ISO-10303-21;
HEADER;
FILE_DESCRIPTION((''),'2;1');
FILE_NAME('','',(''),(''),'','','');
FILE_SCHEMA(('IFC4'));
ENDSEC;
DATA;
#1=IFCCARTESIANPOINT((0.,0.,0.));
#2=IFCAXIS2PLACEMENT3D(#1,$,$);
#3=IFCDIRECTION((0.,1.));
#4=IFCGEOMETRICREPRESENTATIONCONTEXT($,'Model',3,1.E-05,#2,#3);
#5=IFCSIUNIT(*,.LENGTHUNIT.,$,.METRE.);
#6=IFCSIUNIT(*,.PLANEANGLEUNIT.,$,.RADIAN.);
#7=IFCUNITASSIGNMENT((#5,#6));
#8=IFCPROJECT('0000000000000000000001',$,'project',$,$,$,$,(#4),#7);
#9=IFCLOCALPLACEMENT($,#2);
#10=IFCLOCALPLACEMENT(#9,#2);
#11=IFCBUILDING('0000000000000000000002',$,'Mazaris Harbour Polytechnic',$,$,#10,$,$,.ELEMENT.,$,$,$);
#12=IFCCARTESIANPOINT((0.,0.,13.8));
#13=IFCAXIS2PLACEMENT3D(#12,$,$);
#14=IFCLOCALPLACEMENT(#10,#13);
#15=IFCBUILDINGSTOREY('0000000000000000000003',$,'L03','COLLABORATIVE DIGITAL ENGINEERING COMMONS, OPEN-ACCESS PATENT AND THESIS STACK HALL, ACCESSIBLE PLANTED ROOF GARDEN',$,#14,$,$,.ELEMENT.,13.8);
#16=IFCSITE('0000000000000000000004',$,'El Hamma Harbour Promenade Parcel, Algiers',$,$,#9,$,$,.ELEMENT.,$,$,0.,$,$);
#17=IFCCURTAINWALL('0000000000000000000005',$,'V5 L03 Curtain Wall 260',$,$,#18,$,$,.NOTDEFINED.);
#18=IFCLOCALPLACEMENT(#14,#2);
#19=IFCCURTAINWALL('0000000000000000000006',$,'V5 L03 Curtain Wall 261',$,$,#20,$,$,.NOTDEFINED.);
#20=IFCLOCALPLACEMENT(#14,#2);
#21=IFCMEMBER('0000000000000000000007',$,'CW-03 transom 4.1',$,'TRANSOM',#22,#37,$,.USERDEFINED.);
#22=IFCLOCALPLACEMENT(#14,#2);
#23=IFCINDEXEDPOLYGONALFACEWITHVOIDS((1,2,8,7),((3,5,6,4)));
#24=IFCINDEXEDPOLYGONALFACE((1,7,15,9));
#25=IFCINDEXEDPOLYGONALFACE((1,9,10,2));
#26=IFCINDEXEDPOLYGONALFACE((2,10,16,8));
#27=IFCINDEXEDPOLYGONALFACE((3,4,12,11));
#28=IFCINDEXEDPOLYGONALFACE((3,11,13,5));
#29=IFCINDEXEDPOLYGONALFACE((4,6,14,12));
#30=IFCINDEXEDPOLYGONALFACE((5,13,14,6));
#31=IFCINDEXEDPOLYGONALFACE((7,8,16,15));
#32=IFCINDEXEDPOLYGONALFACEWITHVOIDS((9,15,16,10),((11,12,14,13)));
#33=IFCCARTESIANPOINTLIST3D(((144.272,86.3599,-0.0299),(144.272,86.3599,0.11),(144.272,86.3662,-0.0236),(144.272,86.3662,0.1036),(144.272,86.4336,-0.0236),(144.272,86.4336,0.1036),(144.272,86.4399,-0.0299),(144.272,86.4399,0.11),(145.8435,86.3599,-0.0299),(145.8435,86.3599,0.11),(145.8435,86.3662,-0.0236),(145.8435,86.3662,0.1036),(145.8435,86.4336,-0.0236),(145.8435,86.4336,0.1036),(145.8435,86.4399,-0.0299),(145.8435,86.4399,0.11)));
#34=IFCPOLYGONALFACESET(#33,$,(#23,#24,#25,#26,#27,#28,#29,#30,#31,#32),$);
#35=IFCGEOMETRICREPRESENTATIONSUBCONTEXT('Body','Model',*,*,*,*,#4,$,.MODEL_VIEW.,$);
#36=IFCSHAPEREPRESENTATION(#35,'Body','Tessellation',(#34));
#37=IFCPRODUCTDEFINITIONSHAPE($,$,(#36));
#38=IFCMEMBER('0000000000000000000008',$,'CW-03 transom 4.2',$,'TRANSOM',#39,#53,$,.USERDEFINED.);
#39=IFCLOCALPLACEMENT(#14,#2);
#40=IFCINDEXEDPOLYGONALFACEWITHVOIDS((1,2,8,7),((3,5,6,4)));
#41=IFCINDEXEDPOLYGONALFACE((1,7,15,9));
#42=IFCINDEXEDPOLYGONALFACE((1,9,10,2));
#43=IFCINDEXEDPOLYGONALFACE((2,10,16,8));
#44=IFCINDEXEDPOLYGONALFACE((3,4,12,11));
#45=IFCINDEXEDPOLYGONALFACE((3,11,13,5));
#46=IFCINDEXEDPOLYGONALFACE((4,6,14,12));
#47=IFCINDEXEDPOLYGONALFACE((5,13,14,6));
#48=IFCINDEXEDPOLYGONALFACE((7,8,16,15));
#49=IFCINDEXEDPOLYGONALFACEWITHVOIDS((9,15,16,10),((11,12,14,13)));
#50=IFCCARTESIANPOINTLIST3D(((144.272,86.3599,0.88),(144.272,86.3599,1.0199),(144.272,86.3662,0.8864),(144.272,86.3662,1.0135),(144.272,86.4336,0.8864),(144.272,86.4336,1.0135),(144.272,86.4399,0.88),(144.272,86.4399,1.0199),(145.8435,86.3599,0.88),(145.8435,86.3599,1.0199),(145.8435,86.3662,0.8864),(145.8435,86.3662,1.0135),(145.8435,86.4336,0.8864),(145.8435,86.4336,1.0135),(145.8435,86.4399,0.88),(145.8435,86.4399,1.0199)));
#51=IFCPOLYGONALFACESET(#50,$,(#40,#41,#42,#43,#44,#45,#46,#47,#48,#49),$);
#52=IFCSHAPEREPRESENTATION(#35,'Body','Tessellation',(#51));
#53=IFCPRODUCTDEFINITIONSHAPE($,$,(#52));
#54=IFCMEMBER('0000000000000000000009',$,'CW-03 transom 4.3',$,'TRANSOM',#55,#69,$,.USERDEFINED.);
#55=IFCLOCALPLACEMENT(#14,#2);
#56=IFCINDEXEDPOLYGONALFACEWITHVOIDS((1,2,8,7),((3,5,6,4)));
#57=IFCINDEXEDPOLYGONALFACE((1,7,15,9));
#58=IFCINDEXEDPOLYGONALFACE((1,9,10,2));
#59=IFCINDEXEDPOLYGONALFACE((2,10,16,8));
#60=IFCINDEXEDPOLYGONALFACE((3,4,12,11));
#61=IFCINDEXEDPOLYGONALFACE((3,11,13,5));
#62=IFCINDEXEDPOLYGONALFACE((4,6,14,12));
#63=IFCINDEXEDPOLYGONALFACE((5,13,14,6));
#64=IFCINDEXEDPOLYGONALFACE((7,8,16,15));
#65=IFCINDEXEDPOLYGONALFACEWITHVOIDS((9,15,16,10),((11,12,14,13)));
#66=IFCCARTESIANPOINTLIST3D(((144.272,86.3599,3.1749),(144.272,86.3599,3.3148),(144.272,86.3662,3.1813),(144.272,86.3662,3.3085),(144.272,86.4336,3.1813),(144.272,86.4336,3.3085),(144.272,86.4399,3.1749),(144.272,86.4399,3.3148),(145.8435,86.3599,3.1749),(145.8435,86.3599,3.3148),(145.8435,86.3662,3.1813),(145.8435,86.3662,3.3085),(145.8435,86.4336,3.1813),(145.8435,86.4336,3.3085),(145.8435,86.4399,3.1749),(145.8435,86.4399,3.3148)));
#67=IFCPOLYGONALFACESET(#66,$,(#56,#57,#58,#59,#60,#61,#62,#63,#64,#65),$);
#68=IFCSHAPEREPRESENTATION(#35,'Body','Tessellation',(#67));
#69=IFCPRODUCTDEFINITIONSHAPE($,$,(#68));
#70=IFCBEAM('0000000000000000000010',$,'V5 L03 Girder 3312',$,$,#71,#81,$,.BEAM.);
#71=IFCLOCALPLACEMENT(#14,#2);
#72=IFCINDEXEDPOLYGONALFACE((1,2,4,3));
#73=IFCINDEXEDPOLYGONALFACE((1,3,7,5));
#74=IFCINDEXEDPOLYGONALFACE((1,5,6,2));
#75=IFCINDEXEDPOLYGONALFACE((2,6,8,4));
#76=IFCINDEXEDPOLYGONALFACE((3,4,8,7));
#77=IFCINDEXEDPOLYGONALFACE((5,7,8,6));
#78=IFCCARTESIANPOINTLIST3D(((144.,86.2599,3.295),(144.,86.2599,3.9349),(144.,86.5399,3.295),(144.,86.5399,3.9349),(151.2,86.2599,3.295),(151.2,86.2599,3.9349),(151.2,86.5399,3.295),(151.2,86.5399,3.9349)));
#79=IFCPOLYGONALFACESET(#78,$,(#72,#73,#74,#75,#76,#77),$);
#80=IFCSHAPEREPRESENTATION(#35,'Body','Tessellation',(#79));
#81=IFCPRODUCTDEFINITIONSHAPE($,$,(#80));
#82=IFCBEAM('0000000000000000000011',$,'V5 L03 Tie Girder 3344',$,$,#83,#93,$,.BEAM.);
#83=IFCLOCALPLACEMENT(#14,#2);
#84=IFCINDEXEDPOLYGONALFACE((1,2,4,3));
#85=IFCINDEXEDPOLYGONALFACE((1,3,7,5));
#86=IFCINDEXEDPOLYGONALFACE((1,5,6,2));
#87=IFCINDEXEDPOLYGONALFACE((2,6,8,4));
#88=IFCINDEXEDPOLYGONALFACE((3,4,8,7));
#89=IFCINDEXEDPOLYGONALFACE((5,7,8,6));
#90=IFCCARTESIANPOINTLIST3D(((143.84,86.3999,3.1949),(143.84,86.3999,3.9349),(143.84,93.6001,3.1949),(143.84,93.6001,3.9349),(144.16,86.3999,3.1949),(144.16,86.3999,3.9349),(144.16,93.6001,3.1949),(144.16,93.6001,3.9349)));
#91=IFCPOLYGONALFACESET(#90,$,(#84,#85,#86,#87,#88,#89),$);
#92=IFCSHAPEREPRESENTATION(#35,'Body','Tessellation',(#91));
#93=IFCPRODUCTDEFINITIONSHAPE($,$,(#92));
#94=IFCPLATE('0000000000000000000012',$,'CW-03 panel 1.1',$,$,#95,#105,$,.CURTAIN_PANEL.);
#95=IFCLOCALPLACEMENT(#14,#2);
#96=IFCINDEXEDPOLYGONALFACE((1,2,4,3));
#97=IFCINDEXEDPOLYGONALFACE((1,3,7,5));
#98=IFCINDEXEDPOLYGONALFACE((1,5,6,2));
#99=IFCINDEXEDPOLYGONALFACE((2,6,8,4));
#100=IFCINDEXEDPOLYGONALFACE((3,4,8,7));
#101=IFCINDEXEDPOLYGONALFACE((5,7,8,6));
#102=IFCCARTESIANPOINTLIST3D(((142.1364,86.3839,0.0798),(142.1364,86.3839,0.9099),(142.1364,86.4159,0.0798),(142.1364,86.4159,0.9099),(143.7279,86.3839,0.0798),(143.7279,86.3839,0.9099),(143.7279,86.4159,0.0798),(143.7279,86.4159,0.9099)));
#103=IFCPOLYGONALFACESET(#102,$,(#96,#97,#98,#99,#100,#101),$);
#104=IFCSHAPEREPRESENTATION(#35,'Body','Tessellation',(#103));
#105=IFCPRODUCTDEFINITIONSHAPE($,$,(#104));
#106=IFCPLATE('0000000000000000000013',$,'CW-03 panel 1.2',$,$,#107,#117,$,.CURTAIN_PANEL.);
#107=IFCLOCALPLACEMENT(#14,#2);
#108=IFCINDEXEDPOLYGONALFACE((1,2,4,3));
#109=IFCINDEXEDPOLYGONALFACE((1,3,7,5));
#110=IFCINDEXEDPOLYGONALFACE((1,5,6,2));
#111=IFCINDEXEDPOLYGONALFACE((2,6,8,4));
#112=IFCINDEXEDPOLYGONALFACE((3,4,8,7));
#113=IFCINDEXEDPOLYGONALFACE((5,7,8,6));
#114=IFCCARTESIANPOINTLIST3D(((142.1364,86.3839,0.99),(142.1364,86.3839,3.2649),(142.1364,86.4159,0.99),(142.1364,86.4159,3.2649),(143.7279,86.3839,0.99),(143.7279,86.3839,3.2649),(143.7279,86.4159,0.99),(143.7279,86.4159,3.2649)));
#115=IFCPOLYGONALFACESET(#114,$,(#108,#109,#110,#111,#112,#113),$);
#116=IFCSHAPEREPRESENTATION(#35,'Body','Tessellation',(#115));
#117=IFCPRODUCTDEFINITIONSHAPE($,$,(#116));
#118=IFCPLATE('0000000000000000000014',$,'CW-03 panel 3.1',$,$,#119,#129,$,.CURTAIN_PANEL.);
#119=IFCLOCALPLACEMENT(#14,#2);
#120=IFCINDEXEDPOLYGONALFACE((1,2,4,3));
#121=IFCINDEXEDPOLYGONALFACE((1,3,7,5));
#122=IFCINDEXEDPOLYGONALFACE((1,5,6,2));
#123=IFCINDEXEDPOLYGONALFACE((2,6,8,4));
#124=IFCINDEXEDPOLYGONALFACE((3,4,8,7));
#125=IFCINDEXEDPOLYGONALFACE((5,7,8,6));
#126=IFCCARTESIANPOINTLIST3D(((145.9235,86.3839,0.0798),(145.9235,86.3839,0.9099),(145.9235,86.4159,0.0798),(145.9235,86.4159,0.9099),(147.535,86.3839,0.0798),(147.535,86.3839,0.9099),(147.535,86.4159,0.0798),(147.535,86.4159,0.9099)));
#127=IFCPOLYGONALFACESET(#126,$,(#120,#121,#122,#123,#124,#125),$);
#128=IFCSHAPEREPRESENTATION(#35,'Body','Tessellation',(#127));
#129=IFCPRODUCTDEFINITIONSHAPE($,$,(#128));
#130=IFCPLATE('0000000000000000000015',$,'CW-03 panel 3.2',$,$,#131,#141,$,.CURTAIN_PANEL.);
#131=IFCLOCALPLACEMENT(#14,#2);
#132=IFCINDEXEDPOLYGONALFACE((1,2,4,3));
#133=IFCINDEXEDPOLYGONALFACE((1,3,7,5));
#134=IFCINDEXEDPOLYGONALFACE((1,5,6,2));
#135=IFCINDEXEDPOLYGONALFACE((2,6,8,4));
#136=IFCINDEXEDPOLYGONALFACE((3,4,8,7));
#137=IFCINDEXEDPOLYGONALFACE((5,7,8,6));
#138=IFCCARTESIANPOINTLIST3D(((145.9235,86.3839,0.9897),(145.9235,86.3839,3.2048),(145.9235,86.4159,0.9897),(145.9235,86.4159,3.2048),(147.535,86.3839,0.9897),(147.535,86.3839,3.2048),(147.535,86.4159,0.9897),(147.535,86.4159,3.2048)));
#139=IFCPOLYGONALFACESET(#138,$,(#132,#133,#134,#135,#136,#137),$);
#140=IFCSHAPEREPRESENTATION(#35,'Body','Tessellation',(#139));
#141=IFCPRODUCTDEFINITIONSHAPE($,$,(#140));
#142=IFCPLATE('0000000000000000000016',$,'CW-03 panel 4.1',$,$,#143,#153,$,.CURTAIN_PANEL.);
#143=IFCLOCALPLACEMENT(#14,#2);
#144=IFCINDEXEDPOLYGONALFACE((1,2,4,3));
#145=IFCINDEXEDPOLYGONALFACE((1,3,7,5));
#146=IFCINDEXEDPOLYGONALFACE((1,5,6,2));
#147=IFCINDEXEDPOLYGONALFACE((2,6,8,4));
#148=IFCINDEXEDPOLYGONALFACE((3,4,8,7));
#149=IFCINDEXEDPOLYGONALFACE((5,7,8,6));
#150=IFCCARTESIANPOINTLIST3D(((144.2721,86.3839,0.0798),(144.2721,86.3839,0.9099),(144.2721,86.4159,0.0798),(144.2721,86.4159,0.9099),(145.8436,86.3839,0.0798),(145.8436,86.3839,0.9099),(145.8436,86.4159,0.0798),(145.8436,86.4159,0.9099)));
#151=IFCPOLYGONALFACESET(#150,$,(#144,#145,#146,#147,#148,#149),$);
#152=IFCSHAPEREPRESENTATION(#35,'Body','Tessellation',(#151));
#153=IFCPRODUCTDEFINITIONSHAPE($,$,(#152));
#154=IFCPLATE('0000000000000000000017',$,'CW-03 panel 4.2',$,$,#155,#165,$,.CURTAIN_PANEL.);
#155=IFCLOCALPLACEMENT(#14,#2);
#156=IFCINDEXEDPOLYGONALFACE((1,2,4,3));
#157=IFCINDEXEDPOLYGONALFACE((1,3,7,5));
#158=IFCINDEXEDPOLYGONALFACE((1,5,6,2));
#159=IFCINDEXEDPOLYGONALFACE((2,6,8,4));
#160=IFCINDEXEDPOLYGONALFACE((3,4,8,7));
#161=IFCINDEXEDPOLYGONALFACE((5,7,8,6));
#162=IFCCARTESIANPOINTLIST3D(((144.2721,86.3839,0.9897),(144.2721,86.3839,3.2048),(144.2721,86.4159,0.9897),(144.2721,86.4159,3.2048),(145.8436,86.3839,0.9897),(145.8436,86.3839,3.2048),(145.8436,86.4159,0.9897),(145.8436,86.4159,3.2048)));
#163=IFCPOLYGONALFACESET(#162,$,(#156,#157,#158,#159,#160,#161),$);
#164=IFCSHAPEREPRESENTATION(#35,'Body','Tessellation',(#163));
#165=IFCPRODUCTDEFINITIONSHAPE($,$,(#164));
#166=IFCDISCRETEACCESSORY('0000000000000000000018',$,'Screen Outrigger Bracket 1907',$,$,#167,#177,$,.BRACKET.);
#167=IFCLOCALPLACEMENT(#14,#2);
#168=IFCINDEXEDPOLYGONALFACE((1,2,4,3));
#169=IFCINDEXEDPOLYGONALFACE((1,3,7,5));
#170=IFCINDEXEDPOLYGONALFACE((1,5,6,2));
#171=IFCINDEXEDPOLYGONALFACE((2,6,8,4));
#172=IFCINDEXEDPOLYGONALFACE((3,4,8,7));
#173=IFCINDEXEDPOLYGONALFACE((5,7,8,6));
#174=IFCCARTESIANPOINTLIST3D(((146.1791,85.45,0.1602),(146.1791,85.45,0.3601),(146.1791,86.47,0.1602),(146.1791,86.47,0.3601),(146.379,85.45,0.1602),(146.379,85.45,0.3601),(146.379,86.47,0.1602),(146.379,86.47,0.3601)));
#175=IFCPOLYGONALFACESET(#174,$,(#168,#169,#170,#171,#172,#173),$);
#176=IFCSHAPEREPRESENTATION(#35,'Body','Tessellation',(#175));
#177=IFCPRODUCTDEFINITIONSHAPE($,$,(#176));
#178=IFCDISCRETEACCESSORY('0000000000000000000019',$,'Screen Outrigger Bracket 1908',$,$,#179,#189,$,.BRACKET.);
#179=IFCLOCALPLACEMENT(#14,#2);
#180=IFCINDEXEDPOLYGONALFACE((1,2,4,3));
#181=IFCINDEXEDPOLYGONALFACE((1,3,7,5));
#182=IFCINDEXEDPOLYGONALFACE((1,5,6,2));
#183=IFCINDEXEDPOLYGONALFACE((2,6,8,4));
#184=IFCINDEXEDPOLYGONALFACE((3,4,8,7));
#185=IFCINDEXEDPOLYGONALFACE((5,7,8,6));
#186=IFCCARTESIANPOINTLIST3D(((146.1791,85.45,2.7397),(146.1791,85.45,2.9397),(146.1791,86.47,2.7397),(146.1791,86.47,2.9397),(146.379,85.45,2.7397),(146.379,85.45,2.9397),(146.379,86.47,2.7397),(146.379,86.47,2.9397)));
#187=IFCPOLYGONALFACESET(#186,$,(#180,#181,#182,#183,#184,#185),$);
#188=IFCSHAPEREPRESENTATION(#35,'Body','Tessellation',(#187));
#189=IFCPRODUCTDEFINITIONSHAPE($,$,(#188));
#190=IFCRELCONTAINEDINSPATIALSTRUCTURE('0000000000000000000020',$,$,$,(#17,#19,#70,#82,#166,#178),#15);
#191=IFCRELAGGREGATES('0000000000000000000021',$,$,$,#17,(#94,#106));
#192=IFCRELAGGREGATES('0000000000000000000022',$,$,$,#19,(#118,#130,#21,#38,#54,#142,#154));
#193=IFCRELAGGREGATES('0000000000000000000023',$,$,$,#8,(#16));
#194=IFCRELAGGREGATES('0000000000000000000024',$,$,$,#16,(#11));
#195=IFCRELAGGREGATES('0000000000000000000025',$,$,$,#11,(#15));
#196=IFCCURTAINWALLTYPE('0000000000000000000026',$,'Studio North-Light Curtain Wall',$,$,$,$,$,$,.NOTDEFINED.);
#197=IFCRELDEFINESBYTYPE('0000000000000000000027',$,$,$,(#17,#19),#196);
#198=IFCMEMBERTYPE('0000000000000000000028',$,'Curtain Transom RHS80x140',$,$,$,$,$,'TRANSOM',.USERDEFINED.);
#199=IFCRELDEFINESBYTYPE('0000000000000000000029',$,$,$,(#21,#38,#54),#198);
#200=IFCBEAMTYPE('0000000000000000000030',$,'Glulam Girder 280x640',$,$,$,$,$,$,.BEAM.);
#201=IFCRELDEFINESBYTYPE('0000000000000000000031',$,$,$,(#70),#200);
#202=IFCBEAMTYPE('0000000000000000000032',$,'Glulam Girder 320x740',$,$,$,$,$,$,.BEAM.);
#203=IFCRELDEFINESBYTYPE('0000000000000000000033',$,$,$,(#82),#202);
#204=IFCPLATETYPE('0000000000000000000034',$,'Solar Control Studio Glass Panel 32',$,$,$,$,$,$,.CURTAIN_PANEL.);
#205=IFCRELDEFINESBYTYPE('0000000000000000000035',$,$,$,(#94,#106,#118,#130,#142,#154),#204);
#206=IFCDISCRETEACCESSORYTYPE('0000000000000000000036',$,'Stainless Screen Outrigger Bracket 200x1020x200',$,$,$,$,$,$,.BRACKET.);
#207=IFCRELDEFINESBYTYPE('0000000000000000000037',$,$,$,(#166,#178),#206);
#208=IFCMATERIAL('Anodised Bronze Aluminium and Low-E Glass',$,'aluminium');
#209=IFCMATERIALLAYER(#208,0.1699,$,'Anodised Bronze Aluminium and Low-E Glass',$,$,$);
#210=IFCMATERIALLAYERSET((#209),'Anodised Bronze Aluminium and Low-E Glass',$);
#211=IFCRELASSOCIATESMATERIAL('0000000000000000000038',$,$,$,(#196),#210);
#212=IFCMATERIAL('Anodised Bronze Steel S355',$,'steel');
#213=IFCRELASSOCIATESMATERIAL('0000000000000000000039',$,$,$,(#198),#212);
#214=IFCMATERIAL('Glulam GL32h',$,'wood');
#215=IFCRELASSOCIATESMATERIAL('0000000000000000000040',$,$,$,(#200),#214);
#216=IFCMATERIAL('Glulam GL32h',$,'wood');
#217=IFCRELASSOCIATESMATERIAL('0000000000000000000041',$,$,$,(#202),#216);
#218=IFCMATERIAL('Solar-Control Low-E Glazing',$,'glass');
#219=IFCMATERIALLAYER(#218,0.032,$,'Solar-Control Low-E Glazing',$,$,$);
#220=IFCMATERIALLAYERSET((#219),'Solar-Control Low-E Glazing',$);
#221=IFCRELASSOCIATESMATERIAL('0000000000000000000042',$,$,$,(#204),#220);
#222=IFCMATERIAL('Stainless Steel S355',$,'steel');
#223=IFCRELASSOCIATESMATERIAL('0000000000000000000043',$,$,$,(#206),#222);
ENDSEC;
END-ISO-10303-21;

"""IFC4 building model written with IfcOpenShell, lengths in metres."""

from ifc_helpers import new_model, si_unit, direction, frame, origin, origin_2d, place, context, subcontext, project, spatial, rectangle, hollow_rectangle, extrude, material, layer, layer_set, material_profile, profile_set, type_object, element, aggregate, save


model = new_model("IFC4")

# Units and contexts
model_context = context("Model", 3, precision=1e-05, world=origin(), true_north=direction((0.0, 1.0)))
body_context = subcontext(model_context, "Body", "Model", "MODEL_VIEW")
ifc_project = project(units=[si_unit("LENGTHUNIT", "METRE"), si_unit("PLANEANGLEUNIT", "RADIAN")], contexts=[model_context])

# Site, building, storey
site_placement = place(None, origin())
site = spatial("IfcSite", under=ifc_project, at=site_placement, Name="El Hamma Harbour Promenade Parcel, Algiers", CompositionType="ELEMENT", RefElevation=0.0)
building_placement = place(site_placement, origin())
building = spatial("IfcBuilding", under=site, at=building_placement, Name="Mazaris Harbour Polytechnic", CompositionType="ELEMENT")
storey_placement = place(building_placement, frame((0.0, 0.0, 13.8)))
storey = spatial("IfcBuildingStorey", under=building, at=storey_placement, Name="L03", Description="COLLABORATIVE DIGITAL ENGINEERING COMMONS, OPEN-ACCESS PATENT AND THESIS STACK HALL, ACCESSIBLE PLANTED ROOF GARDEN", CompositionType="ELEMENT", Elevation=13.8)

# Curtain wall
ifc_material_1 = material(Name="Anodised Bronze Aluminium and Low-E Glass", Category="aluminium")
ifc_layer_1 = layer(ifc_material_1, 0.1699, Name="Anodised Bronze Aluminium and Low-E Glass")
ifc_layer_set_1 = layer_set([ifc_layer_1], Name="Anodised Bronze Aluminium and Low-E Glass")
curtain_wall_type = type_object("IfcCurtainWallType", Name="Studio North-Light Curtain Wall", PredefinedType="NOTDEFINED", material=ifc_layer_set_1)
curtain_wall_1_placement = place(storey_placement, origin())
curtain_wall_1 = element("IfcCurtainWall", 1, at=curtain_wall_1_placement, inside=storey, type_object=curtain_wall_type, Name="V5 L03 Curtain Wall 260", PredefinedType="NOTDEFINED")

# Curtain wall
curtain_wall_2_placement = place(storey_placement, origin())
curtain_wall_2 = element("IfcCurtainWall", 2, at=curtain_wall_2_placement, inside=storey, type_object=curtain_wall_type, Name="V5 L03 Curtain Wall 261", PredefinedType="NOTDEFINED")

# Members
ifc_material_2 = material(Name="Anodised Bronze Steel S355", Category="steel")
ifc_material_profile_1 = material_profile(ifc_material_2, hollow_rectangle(XDim=0.0801, YDim=0.1399, WallThickness=0.0063, at=origin_2d()), Name="RHS 80x140x6.3")
ifc_profile_set_1 = profile_set([ifc_material_profile_1], Name="Anodised Bronze Steel S355")
member_type_1 = type_object("IfcMemberType", Name="Curtain Transom RHS80x140", ElementType="TRANSOM", PredefinedType="USERDEFINED", material=ifc_profile_set_1)
member_1_placement = place(storey_placement, frame((145.8435, 86.3999, 0.04), z_axis=(-1.0, 0.0, 0.0), x_axis=(0.0, -1.0, 0.0)))
member_1 = element("IfcMember", 3, at=member_1_placement, type_object=member_type_1, Name="CW-03 transom 4.1", ObjectType="TRANSOM", PredefinedType="USERDEFINED", context=body_context, shape_type="SweptSolid", body=[
    extrude(hollow_rectangle(XDim=0.0801, YDim=0.1399, WallThickness=0.0063, at=origin_2d()), origin(), (0.0, 0.0, 1.0), 1.5715),
])
member_2_placement = place(storey_placement, frame((145.8435, 86.3999, 0.95), z_axis=(-1.0, 0.0, 0.0), x_axis=(0.0, -1.0, 0.0)))
member_2 = element("IfcMember", 4, at=member_2_placement, type_object=member_type_1, Name="CW-03 transom 4.2", ObjectType="TRANSOM", PredefinedType="USERDEFINED", context=body_context, shape_type="SweptSolid", body=[
    extrude(hollow_rectangle(XDim=0.0801, YDim=0.1399, WallThickness=0.0063, at=origin_2d()), origin(), (0.0, 0.0, 1.0), 1.5715),
])
member_3_placement = place(storey_placement, frame((145.8435, 86.3999, 3.2449), z_axis=(-1.0, 0.0, 0.0), x_axis=(0.0, -1.0, 0.0)))
member_3 = element("IfcMember", 5, at=member_3_placement, type_object=member_type_1, Name="CW-03 transom 4.3", ObjectType="TRANSOM", PredefinedType="USERDEFINED", context=body_context, shape_type="SweptSolid", body=[
    extrude(hollow_rectangle(XDim=0.0801, YDim=0.1399, WallThickness=0.0063, at=origin_2d()), origin(), (0.0, 0.0, 1.0), 1.5715),
])

# Beams
ifc_material_3 = material(Name="Glulam GL32h", Category="wood")
ifc_material_profile_2 = material_profile(ifc_material_3, rectangle(XDim=0.28, YDim=0.6399, at=origin_2d()), Name="RECT280x640")
ifc_profile_set_2 = profile_set([ifc_material_profile_2], Name="Glulam GL32h")
beam_type_1 = type_object("IfcBeamType", Name="Glulam Girder 280x640", PredefinedType="BEAM", material=ifc_profile_set_2)
beam_1_placement = place(storey_placement, frame((144.0, 86.3999, 3.615), z_axis=(1.0, 0.0, 0.0), x_axis=(0.0, 1.0, 0.0)))
element("IfcBeam", 6, at=beam_1_placement, inside=storey, type_object=beam_type_1, Name="V5 L03 Girder 3312", PredefinedType="BEAM", context=body_context, shape_type="SweptSolid", body=[
    extrude(rectangle(XDim=0.28, YDim=0.6399, at=origin_2d()), origin(), (0.0, 0.0, 1.0), 7.2),
])
ifc_material_4 = material(Name="Glulam GL32h", Category="wood")
ifc_material_profile_3 = material_profile(ifc_material_4, rectangle(XDim=0.3201, YDim=0.74, at=origin_2d()), Name="RECT320x740")
ifc_profile_set_3 = profile_set([ifc_material_profile_3], Name="Glulam GL32h")
beam_type_2 = type_object("IfcBeamType", Name="Glulam Girder 320x740", PredefinedType="BEAM", material=ifc_profile_set_3)
beam_2_placement = place(storey_placement, frame((144.0, 86.3999, 3.5649), z_axis=(0.0, 1.0, 0.0), x_axis=(-1.0, 0.0, 0.0)))
element("IfcBeam", 7, at=beam_2_placement, inside=storey, type_object=beam_type_2, Name="V5 L03 Tie Girder 3344", PredefinedType="BEAM", context=body_context, shape_type="SweptSolid", body=[
    extrude(rectangle(XDim=0.3201, YDim=0.74, at=origin_2d()), origin(), (0.0, 0.0, 1.0), 7.2002),
])

# Plates
ifc_material_5 = material(Name="Solar-Control Low-E Glazing", Category="glass")
ifc_layer_2 = layer(ifc_material_5, 0.032, Name="Solar-Control Low-E Glazing")
ifc_layer_set_2 = layer_set([ifc_layer_2], Name="Solar-Control Low-E Glazing")
plate_type = type_object("IfcPlateType", Name="Solar Control Studio Glass Panel 32", PredefinedType="CURTAIN_PANEL", material=ifc_layer_set_2)
plate_1_placement = place(storey_placement, frame((142.9321, 86.3999, 0.0798), z_axis=(0.0, 0.0, 1.0), x_axis=(-1.0, 0.0, 0.0)))
plate_1 = element("IfcPlate", 8, at=plate_1_placement, type_object=plate_type, Name="CW-03 panel 1.1", PredefinedType="CURTAIN_PANEL", context=body_context, shape_type="SweptSolid", body=[
    extrude(rectangle(XDim=1.5916, YDim=0.032, at=origin_2d()), origin(), (0.0, 0.0, 1.0), 0.8301),
])
plate_2_placement = place(storey_placement, frame((142.9321, 86.3999, 0.99), z_axis=(0.0, 0.0, 1.0), x_axis=(-1.0, 0.0, 0.0)))
plate_2 = element("IfcPlate", 9, at=plate_2_placement, type_object=plate_type, Name="CW-03 panel 1.2", PredefinedType="CURTAIN_PANEL", context=body_context, shape_type="SweptSolid", body=[
    extrude(rectangle(XDim=1.5916, YDim=0.032, at=origin_2d()), origin(), (0.0, 0.0, 1.0), 2.2749),
])
aggregate(curtain_wall_1, [plate_1, plate_2])
plate_3_placement = place(storey_placement, frame((146.7292, 86.3999, 0.0798), z_axis=(0.0, 0.0, 1.0), x_axis=(-1.0, 0.0, 0.0)))
plate_3 = element("IfcPlate", 10, at=plate_3_placement, type_object=plate_type, Name="CW-03 panel 3.1", PredefinedType="CURTAIN_PANEL", context=body_context, shape_type="SweptSolid", body=[
    extrude(rectangle(XDim=1.6116, YDim=0.032, at=origin_2d()), origin(), (0.0, 0.0, 1.0), 0.8301),
])
plate_4_placement = place(storey_placement, frame((146.7292, 86.3999, 0.9897), z_axis=(0.0, 0.0, 1.0), x_axis=(-1.0, 0.0, 0.0)))
plate_4 = element("IfcPlate", 11, at=plate_4_placement, type_object=plate_type, Name="CW-03 panel 3.2", PredefinedType="CURTAIN_PANEL", context=body_context, shape_type="SweptSolid", body=[
    extrude(rectangle(XDim=1.6116, YDim=0.032, at=origin_2d()), origin(), (0.0, 0.0, 1.0), 2.2151),
])
plate_5_placement = place(storey_placement, frame((145.0579, 86.3999, 0.0798), z_axis=(0.0, 0.0, 1.0), x_axis=(-1.0, 0.0, 0.0)))
plate_5 = element("IfcPlate", 12, at=plate_5_placement, type_object=plate_type, Name="CW-03 panel 4.1", PredefinedType="CURTAIN_PANEL", context=body_context, shape_type="SweptSolid", body=[
    extrude(rectangle(XDim=1.5715, YDim=0.032, at=origin_2d()), origin(), (0.0, 0.0, 1.0), 0.8301),
])
plate_6_placement = place(storey_placement, frame((145.0579, 86.3999, 0.9897), z_axis=(0.0, 0.0, 1.0), x_axis=(-1.0, 0.0, 0.0)))
plate_6 = element("IfcPlate", 13, at=plate_6_placement, type_object=plate_type, Name="CW-03 panel 4.2", PredefinedType="CURTAIN_PANEL", context=body_context, shape_type="SweptSolid", body=[
    extrude(rectangle(XDim=1.5715, YDim=0.032, at=origin_2d()), origin(), (0.0, 0.0, 1.0), 2.2151),
])
aggregate(curtain_wall_2, [plate_3, plate_4, member_1, member_2, member_3, plate_5, plate_6])

# Discrete accessories
ifc_material_6 = material(Name="Stainless Steel S355", Category="steel")
discrete_accessory_type = type_object("IfcDiscreteAccessoryType", Name="Stainless Screen Outrigger Bracket 200x1020x200", PredefinedType="BRACKET", material=ifc_material_6)
for number, where, z_axis, x_axis, name in (
    (14, (146.2791, 85.96, 0.1602), (0.0, 0.0, 1.0), (-1.0, 0.0, 0.0), "Screen Outrigger Bracket 1907"),
    (15, (146.2791, 85.96, 2.7397), (0.0, 0.0, 1.0), (-1.0, 0.0, 0.0), "Screen Outrigger Bracket 1908"),
):
    element("IfcDiscreteAccessory", number, at=place(storey_placement, frame(where, z_axis=z_axis, x_axis=x_axis)), inside=storey, type_object=discrete_accessory_type, Name=name, PredefinedType="BRACKET", context=body_context, shape_type="SweptSolid", body=[
        extrude(rectangle(XDim=0.2, YDim=1.02, at=origin_2d()), origin(), (0.0, 0.0, 1.0), 0.2),
    ])

save(model, "model.ifc")
